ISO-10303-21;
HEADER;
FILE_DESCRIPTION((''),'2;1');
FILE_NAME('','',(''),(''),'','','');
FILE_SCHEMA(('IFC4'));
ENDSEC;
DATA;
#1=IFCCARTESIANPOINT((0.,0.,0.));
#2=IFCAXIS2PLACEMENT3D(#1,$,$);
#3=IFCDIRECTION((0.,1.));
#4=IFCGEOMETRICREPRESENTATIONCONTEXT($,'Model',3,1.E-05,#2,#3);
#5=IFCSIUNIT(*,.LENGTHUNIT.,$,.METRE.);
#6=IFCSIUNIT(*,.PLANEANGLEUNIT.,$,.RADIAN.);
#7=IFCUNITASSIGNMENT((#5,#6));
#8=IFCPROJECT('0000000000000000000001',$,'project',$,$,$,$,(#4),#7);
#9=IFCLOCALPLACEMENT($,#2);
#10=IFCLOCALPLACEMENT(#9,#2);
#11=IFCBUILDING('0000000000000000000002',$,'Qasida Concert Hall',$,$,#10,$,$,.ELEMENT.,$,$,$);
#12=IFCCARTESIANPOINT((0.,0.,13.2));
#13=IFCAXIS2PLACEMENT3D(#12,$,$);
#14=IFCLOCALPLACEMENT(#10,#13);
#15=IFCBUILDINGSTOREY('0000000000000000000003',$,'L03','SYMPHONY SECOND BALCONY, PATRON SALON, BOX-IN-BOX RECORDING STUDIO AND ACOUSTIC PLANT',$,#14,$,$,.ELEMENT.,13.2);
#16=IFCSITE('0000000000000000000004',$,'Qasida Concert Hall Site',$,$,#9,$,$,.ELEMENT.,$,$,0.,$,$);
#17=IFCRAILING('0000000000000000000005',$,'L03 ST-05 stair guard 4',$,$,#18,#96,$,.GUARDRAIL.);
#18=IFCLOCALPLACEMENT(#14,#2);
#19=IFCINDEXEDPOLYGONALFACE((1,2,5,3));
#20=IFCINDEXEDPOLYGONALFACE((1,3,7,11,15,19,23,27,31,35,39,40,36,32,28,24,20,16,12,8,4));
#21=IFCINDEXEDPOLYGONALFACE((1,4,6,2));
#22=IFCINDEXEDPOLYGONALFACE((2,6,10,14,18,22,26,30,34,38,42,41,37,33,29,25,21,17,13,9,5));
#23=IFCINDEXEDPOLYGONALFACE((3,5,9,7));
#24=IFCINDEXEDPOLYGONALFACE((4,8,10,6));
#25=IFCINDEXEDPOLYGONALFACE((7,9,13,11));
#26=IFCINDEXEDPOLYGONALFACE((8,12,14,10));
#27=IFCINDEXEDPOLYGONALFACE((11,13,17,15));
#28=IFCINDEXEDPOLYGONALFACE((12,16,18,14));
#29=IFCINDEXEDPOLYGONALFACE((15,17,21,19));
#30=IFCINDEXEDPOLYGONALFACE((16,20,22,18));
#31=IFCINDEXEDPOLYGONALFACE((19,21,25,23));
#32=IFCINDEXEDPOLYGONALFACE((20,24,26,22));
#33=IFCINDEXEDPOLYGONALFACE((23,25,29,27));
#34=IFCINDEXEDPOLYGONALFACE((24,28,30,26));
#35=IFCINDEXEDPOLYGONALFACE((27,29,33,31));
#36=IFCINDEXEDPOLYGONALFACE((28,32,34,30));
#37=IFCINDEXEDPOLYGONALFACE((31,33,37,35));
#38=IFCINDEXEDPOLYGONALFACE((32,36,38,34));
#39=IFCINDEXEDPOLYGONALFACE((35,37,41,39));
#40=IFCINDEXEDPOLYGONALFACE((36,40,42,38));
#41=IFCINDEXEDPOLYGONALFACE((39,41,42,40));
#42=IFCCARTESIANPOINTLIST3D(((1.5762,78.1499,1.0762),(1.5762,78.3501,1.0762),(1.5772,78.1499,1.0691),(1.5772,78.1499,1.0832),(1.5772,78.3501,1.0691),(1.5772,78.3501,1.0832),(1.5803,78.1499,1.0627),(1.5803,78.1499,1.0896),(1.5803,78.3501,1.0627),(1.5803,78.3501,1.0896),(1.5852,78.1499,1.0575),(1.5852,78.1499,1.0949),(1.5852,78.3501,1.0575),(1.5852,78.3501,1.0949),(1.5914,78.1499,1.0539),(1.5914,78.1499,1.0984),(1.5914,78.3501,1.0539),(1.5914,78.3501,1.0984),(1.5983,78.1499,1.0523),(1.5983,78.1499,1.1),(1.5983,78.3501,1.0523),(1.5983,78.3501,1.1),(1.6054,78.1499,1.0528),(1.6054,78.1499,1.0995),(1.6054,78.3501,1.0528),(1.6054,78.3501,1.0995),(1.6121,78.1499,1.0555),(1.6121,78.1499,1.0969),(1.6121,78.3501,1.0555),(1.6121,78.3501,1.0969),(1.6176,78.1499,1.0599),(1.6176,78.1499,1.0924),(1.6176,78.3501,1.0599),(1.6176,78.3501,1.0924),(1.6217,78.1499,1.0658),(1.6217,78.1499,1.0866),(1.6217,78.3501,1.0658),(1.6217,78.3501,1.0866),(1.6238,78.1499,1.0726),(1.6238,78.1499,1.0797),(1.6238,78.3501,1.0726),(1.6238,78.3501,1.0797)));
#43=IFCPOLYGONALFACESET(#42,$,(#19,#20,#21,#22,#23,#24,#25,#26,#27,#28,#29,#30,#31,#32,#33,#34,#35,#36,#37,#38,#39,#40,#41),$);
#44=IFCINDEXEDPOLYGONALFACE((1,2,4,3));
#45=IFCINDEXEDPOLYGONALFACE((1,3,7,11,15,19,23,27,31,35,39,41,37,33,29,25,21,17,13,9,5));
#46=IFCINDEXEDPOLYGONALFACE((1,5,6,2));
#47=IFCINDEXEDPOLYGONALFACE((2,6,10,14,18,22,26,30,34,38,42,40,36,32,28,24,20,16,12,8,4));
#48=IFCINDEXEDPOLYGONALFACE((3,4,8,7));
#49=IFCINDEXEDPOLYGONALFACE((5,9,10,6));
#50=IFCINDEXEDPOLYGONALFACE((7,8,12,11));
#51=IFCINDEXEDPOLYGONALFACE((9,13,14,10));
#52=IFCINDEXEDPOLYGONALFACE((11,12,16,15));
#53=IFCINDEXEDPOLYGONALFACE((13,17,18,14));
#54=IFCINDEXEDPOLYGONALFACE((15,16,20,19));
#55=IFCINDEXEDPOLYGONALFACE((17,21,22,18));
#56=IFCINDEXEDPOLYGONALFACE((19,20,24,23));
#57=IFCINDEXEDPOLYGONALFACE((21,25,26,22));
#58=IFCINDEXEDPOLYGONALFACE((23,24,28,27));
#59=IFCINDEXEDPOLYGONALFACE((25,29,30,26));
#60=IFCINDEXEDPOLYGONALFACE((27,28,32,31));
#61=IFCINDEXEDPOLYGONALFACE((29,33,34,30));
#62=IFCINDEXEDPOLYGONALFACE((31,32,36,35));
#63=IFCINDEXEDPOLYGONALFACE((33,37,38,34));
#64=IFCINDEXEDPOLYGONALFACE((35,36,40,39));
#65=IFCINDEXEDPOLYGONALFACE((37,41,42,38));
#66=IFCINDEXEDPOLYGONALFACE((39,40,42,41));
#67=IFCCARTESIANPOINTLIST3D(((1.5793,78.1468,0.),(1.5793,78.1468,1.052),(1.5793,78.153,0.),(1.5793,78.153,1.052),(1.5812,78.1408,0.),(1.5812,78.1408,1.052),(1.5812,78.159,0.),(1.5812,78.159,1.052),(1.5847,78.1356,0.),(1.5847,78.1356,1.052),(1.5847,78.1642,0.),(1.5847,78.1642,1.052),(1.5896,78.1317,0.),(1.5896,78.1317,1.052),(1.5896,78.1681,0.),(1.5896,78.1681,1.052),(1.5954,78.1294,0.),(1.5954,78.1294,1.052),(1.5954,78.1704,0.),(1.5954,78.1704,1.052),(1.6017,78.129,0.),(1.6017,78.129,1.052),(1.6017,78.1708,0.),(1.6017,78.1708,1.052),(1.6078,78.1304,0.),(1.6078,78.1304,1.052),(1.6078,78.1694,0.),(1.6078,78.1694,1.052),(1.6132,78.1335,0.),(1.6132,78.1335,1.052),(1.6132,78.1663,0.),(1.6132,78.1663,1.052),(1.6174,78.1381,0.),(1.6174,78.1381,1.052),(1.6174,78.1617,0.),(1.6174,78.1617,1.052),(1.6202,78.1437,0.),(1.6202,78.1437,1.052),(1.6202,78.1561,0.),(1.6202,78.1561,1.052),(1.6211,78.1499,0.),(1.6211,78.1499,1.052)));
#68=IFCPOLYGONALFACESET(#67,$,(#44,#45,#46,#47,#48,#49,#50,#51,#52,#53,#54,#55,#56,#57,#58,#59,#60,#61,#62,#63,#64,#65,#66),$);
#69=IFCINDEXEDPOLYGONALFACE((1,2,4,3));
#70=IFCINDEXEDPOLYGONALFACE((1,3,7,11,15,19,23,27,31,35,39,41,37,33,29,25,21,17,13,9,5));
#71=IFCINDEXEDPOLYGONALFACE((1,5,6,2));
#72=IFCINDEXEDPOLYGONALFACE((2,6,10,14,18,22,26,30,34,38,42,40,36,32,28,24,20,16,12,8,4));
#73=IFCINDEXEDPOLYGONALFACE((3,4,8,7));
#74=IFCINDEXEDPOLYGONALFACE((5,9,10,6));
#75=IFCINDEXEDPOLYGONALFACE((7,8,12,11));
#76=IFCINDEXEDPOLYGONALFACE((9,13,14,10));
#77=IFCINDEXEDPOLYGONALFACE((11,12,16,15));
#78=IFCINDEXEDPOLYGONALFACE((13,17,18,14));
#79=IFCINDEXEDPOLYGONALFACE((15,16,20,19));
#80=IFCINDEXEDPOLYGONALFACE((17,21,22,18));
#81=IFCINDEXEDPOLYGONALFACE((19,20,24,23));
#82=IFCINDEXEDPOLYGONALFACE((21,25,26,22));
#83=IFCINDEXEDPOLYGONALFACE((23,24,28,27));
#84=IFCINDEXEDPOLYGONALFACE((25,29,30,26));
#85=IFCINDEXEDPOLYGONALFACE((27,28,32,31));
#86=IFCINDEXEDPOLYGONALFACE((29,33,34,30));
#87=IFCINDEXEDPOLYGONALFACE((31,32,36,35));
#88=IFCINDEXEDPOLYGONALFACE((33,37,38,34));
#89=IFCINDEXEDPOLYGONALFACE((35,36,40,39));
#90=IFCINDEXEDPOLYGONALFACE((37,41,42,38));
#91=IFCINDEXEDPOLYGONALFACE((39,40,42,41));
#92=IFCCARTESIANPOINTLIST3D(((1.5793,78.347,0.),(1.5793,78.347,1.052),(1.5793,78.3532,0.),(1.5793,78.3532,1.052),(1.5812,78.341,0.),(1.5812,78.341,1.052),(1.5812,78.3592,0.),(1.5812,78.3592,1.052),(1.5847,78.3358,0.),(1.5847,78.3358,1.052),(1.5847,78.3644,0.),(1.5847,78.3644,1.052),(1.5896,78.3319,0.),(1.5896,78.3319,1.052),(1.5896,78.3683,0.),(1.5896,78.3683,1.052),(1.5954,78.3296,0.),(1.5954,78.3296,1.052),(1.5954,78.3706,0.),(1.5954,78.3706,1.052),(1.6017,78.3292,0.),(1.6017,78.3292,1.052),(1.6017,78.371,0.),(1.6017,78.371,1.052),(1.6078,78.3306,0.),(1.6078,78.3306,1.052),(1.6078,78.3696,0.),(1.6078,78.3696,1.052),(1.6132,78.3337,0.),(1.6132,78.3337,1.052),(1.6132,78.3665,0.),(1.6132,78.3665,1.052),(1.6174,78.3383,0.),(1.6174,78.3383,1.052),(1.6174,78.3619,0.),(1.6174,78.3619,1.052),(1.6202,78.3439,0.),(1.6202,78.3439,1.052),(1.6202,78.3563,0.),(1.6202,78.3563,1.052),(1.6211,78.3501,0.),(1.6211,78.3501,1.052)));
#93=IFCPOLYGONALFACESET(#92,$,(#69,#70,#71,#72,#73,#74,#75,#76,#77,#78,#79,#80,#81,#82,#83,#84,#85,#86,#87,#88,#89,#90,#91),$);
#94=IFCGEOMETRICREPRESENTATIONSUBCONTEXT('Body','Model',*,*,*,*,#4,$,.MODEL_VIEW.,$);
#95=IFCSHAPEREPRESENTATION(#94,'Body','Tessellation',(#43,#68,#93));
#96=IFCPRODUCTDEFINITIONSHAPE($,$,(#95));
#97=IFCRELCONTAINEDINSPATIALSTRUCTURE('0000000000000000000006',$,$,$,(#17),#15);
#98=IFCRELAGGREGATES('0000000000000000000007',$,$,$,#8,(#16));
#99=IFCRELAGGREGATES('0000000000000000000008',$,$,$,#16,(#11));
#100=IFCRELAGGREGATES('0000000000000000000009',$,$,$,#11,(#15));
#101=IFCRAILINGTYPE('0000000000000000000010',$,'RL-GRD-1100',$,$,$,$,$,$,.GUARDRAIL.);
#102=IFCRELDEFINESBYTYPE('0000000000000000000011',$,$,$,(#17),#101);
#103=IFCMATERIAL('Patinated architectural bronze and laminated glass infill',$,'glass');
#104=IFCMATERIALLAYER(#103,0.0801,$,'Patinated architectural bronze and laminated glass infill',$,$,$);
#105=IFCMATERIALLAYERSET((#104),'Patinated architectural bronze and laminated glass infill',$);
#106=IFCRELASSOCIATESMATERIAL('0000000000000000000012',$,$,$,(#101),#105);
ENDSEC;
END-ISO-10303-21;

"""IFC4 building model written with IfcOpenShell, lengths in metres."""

from ifc_helpers import new_model, si_unit, direction, frame, origin, origin_2d, place, context, subcontext, project, spatial, circle, extrude, material, layer, layer_set, type_object, element, save


model = new_model("IFC4")

# Units and contexts
model_context = context("Model", 3, precision=1e-05, world=origin(), true_north=direction((0.0, 1.0)))
body_context = subcontext(model_context, "Body", "Model", "MODEL_VIEW")
ifc_project = project(units=[si_unit("LENGTHUNIT", "METRE"), si_unit("PLANEANGLEUNIT", "RADIAN")], contexts=[model_context])

# Site, building, storey
site_placement = place(None, origin())
site = spatial("IfcSite", under=ifc_project, at=site_placement, Name="Qasida Concert Hall Site", CompositionType="ELEMENT", RefElevation=0.0)
building_placement = place(site_placement, origin())
building = spatial("IfcBuilding", under=site, at=building_placement, Name="Qasida Concert Hall", CompositionType="ELEMENT")
storey_placement = place(building_placement, frame((0.0, 0.0, 13.2)))
storey = spatial("IfcBuildingStorey", under=building, at=storey_placement, Name="L03", Description="SYMPHONY SECOND BALCONY, PATRON SALON, BOX-IN-BOX RECORDING STUDIO AND ACOUSTIC PLANT", CompositionType="ELEMENT", Elevation=13.2)

# Railing
ifc_material_1 = material(Name="Patinated architectural bronze and laminated glass infill", Category="glass")
ifc_layer_1 = layer(ifc_material_1, 0.0801, Name="Patinated architectural bronze and laminated glass infill")
ifc_layer_set_1 = layer_set([ifc_layer_1], Name="Patinated architectural bronze and laminated glass infill")
railing_type_1 = type_object("IfcRailingType", Name="RL-GRD-1100", PredefinedType="GUARDRAIL", material=ifc_layer_set_1)
railing_1_placement = place(storey_placement, frame((1.6001, 78.1499, 0.0)))
element("IfcRailing", 1, at=railing_1_placement, inside=storey, type_object=railing_type_1, Name="L03 ST-05 stair guard 4", PredefinedType="GUARDRAIL", context=body_context, shape_type="SweptSolid", body=[
    extrude(circle(Radius=0.0239, at=origin_2d()), frame((0.0, 0.0, 1.0762), z_axis=(0.0, 1.0, 0.0), x_axis=(-1.0, 0.0, 0.0)), (0.0, 0.0, 1.0), 0.2002),
    extrude(circle(Radius=0.021, at=origin_2d()), origin(), (0.0, 0.0, 1.0), 1.052),
    extrude(circle(Radius=0.021, at=origin_2d()), frame((0.0, 0.2002, 0.0)), (0.0, 0.0, 1.0), 1.052),
])

save(model, "model.ifc")
